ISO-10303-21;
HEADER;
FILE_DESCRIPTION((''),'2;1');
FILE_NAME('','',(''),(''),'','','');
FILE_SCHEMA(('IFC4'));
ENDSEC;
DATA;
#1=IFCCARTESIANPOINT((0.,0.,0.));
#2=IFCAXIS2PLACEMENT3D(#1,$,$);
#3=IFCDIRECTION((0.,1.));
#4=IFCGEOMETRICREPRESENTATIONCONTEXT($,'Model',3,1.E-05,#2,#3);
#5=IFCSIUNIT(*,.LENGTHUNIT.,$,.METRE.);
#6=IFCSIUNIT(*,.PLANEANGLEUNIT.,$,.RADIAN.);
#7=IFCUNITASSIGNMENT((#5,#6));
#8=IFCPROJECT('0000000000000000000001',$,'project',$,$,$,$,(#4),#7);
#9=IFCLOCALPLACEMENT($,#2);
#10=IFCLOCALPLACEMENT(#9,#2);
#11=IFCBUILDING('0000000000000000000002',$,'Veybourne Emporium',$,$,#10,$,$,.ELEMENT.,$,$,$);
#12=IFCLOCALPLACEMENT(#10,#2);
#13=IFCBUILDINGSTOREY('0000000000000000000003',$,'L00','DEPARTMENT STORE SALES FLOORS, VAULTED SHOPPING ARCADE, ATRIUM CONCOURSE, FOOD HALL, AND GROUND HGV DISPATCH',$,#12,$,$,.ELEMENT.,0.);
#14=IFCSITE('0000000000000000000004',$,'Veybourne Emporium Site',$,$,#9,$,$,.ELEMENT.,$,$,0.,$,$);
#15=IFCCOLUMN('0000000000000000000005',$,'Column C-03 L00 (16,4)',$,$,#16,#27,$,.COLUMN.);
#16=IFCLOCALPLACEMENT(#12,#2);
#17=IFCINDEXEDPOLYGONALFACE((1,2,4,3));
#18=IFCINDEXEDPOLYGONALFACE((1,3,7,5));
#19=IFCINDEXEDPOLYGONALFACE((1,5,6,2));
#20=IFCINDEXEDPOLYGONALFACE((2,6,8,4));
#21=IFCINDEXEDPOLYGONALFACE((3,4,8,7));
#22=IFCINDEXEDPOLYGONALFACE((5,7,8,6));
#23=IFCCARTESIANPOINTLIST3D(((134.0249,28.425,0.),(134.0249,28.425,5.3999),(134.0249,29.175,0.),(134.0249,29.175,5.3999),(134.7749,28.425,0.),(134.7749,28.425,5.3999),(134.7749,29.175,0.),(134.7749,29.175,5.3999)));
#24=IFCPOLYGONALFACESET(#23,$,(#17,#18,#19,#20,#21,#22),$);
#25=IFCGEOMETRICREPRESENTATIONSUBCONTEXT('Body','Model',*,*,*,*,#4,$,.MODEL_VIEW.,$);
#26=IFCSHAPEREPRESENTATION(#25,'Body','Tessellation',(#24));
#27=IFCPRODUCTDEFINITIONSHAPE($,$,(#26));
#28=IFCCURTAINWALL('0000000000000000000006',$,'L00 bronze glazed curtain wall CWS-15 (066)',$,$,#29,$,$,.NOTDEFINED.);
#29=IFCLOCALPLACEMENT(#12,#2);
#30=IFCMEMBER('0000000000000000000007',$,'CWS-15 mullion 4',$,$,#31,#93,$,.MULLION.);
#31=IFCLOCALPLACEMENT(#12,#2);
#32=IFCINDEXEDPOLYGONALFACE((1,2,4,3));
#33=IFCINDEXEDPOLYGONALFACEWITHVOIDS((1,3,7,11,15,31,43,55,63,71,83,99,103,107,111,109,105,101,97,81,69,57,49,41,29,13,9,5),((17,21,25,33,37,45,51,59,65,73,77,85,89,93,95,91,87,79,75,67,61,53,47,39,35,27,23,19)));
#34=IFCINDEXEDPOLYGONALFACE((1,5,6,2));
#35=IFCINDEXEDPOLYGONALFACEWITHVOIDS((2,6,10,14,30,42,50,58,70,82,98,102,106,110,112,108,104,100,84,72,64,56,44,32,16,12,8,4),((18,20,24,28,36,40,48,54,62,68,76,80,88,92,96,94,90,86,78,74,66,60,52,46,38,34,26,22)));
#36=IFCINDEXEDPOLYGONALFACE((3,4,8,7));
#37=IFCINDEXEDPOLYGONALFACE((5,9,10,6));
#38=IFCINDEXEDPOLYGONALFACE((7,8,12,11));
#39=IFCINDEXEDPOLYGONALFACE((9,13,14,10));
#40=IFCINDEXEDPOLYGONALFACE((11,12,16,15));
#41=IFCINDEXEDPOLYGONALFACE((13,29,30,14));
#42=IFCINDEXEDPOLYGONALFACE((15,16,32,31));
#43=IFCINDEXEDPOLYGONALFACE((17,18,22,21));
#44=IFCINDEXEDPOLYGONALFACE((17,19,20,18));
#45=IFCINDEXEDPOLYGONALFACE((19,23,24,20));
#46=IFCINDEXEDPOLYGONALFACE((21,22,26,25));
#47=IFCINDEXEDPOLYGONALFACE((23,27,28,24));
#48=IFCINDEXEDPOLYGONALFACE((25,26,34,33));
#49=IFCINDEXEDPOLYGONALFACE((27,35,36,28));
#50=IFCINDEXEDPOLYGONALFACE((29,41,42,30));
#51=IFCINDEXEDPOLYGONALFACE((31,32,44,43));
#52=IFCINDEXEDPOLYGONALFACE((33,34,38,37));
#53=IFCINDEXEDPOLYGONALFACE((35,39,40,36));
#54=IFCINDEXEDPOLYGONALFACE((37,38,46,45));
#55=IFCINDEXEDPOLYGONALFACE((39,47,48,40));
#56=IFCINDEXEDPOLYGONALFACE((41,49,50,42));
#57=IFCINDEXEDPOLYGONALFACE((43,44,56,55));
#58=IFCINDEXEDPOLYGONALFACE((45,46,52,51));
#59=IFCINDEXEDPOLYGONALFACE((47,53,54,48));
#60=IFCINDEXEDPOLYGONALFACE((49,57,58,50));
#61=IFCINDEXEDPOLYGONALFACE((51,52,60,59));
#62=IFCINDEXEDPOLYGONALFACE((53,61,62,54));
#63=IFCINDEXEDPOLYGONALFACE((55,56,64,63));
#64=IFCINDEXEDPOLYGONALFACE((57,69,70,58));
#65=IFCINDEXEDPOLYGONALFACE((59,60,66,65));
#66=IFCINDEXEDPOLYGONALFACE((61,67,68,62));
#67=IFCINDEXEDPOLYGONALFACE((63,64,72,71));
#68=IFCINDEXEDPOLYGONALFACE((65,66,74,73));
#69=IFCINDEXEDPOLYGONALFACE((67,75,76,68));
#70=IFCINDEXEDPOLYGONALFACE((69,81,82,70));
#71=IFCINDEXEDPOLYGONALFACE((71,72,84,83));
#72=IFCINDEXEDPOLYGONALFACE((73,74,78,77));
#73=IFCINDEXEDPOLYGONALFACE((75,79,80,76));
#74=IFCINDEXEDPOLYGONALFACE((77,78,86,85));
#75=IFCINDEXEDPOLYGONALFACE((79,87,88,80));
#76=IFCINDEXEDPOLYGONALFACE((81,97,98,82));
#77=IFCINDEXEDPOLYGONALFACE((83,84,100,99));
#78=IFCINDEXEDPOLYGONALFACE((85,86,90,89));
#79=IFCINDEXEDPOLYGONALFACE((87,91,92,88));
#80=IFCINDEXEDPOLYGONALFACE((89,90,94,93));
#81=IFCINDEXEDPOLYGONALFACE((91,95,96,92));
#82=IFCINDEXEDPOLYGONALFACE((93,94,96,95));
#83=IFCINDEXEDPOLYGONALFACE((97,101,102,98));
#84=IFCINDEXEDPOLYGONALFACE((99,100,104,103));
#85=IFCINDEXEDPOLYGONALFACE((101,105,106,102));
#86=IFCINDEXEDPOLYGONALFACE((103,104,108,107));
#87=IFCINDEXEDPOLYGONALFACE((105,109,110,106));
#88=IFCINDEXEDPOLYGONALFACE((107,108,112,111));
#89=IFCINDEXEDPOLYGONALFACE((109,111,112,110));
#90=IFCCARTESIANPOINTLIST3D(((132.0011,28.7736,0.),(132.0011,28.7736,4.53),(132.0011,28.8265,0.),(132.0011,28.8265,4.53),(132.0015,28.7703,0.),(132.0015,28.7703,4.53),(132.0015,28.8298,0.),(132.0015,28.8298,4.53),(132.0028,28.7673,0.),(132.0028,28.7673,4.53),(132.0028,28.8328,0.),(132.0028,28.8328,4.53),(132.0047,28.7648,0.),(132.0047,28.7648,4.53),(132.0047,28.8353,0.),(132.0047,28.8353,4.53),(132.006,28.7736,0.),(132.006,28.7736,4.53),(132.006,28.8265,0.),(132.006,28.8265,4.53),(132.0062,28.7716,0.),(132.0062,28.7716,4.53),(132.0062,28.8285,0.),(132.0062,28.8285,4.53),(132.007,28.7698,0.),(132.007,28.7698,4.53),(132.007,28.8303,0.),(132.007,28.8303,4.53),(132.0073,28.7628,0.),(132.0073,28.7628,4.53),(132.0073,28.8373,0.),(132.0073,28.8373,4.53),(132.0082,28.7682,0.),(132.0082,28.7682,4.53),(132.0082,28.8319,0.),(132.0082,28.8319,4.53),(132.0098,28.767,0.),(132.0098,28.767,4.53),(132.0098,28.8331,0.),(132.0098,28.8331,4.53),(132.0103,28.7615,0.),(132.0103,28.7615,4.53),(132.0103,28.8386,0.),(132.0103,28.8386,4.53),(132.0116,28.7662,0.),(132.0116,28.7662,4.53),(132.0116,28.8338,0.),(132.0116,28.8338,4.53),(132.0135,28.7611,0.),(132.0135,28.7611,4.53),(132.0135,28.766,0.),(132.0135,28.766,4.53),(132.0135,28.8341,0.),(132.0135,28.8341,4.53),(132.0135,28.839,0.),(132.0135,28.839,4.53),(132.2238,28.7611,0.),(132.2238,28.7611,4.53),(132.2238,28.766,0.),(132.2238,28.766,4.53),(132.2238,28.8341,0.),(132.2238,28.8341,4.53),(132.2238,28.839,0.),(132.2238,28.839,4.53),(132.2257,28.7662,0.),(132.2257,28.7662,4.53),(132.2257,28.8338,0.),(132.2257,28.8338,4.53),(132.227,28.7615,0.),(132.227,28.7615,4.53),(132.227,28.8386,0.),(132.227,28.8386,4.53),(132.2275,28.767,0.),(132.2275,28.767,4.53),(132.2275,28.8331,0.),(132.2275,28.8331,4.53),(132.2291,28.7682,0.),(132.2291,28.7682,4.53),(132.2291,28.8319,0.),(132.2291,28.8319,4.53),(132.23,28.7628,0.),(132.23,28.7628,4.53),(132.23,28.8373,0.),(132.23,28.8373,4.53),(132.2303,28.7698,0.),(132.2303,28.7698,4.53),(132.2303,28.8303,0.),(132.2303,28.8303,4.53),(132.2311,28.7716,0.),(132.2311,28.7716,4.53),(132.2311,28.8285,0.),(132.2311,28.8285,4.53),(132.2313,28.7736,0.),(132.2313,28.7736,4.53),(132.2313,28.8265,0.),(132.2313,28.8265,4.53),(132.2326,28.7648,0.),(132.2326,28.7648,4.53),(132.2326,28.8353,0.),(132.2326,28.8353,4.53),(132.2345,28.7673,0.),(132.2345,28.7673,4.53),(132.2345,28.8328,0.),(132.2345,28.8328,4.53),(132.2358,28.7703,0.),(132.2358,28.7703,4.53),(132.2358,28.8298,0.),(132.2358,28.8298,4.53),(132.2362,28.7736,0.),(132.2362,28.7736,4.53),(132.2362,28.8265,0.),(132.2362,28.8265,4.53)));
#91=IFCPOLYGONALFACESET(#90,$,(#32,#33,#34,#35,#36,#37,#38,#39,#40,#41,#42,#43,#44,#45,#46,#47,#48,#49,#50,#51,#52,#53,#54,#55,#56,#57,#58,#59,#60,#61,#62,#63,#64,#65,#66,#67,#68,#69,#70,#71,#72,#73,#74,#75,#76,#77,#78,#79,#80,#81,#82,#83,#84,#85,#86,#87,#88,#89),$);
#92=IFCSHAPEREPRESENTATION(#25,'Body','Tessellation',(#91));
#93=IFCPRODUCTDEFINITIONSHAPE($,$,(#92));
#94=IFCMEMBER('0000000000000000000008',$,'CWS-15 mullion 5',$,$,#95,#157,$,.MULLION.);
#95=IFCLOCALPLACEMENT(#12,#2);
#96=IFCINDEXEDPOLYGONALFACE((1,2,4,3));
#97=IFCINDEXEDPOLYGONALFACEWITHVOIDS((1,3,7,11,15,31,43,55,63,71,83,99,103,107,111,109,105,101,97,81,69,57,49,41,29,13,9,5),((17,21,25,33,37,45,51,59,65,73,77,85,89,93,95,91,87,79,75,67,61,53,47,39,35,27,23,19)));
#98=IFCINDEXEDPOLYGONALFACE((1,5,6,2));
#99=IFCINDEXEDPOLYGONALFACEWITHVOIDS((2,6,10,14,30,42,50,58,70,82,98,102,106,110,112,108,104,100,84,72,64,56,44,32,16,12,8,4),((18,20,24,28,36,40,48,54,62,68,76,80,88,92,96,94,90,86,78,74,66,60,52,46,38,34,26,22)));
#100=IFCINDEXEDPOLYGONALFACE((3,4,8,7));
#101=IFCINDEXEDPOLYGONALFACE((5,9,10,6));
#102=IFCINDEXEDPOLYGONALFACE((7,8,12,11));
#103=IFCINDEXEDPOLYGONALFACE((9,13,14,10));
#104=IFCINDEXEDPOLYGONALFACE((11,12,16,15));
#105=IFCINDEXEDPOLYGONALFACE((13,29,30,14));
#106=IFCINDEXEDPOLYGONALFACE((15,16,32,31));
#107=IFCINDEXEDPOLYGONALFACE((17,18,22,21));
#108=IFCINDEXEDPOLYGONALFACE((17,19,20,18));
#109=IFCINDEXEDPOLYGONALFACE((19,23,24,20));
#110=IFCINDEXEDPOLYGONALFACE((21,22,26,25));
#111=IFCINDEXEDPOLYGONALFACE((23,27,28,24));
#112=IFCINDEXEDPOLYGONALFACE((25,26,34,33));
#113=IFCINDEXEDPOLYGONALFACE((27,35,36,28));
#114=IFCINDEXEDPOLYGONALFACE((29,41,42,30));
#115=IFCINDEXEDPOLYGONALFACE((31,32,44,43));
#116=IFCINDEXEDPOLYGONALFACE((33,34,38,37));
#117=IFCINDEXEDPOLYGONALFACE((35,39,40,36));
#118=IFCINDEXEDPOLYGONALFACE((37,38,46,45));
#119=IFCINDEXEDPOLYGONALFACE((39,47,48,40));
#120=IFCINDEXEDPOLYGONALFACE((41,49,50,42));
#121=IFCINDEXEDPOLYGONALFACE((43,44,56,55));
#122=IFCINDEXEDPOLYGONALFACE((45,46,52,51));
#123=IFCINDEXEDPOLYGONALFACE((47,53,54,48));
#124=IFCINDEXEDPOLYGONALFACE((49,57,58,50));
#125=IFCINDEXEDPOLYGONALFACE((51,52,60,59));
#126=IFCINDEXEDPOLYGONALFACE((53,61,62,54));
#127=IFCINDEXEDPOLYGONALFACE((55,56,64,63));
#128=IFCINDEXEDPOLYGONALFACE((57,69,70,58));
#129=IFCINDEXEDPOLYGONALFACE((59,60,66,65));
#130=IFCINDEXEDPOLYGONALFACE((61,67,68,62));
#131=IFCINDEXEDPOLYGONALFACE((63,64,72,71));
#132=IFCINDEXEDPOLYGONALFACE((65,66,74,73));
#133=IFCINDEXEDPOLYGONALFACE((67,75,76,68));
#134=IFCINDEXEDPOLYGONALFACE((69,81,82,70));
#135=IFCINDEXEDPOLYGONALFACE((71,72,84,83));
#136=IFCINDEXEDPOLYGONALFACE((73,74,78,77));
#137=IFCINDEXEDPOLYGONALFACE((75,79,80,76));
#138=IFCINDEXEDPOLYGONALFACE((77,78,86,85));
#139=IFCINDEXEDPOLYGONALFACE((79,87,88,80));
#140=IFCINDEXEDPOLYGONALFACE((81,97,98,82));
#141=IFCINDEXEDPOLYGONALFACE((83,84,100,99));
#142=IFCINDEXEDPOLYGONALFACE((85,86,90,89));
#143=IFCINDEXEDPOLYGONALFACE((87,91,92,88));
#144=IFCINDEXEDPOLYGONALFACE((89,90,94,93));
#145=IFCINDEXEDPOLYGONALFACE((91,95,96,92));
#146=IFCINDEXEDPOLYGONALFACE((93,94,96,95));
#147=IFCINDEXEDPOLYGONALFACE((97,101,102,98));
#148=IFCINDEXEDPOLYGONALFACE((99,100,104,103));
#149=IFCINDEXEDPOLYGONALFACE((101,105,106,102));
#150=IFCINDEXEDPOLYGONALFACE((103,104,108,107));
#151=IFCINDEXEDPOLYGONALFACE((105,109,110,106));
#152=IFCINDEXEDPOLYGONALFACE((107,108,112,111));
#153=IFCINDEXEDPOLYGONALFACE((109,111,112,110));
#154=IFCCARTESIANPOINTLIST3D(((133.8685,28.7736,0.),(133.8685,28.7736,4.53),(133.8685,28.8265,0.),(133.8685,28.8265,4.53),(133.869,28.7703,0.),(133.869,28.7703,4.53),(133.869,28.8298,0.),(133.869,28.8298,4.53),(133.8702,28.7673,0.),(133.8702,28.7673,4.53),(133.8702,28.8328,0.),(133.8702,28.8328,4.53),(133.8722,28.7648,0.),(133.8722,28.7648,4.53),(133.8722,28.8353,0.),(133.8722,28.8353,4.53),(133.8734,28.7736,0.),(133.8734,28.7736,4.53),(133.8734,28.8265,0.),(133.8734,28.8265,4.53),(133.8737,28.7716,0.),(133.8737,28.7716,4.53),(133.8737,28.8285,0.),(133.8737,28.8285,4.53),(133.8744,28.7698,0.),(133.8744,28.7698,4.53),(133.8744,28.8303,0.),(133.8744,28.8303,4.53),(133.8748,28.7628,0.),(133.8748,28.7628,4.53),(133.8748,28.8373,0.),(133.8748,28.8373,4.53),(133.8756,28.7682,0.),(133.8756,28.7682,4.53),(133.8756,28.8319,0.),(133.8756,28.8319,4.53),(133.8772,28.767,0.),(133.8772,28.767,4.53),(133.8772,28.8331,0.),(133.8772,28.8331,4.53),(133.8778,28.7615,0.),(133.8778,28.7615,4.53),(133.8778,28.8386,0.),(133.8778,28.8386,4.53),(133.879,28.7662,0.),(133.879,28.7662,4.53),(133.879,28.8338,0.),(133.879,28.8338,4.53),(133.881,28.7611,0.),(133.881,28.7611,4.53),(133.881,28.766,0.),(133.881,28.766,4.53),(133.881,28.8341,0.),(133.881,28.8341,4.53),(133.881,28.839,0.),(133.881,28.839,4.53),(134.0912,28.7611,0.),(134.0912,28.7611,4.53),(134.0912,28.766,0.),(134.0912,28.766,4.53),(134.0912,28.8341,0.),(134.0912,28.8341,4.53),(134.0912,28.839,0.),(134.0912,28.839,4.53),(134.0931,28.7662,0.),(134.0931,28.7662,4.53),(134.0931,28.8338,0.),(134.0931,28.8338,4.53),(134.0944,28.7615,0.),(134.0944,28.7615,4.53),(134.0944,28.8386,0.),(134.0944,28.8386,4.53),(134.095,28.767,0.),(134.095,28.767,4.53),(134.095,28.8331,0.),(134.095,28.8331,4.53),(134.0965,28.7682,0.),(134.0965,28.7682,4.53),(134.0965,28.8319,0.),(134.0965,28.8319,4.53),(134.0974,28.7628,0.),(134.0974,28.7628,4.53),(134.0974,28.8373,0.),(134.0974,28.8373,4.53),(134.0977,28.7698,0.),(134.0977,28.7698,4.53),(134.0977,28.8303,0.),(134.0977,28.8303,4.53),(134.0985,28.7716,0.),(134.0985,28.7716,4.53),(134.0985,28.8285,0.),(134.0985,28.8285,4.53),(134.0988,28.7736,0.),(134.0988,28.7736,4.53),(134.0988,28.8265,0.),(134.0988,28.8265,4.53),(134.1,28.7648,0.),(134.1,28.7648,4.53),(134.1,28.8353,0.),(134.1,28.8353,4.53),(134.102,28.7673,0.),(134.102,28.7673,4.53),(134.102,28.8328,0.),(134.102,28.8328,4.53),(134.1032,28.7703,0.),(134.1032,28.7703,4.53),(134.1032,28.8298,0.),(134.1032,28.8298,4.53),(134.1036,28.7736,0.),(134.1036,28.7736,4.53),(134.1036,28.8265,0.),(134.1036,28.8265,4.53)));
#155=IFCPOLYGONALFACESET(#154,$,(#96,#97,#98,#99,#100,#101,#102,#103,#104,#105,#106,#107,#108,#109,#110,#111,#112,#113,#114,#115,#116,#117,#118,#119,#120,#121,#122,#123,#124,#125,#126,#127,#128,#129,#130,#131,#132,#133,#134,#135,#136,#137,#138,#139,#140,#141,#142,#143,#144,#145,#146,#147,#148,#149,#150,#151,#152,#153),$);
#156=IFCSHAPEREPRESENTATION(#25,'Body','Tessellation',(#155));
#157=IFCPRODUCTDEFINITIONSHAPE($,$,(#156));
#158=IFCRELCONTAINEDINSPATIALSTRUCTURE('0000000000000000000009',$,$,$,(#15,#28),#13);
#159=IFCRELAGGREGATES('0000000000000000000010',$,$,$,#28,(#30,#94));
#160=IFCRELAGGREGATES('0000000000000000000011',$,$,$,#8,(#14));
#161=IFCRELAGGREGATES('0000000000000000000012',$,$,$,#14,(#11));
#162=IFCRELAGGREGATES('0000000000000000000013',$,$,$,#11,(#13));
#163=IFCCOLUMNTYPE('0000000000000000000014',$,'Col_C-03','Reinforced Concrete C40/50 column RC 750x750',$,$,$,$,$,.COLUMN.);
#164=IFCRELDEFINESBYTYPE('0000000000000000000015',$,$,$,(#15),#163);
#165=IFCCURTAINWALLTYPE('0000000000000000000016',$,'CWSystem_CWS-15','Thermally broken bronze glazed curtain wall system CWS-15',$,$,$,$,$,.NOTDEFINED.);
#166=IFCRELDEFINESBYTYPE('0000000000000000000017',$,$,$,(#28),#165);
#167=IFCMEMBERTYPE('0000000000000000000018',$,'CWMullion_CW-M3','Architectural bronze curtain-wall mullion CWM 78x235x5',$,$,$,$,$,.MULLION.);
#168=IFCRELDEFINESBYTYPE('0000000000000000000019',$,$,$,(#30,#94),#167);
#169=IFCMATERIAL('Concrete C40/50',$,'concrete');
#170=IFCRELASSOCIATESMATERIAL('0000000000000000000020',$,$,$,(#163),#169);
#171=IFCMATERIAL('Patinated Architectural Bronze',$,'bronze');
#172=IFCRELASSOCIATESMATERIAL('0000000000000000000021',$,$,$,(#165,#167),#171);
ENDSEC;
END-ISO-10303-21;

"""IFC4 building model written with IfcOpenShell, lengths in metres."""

from ifc_helpers import new_model, si_unit, direction, frame, origin, origin_2d, place, context, subcontext, project, spatial, rectangle, hollow_rectangle, extrude, material, material_profile, profile_set, type_object, element, aggregate, save


model = new_model("IFC4")

# Units and contexts
model_context = context("Model", 3, precision=1e-05, world=origin(), true_north=direction((0.0, 1.0)))
body_context = subcontext(model_context, "Body", "Model", "MODEL_VIEW")
ifc_project = project(units=[si_unit("LENGTHUNIT", "METRE"), si_unit("PLANEANGLEUNIT", "RADIAN")], contexts=[model_context])

# Site, building, storey
site_placement = place(None, origin())
site = spatial("IfcSite", under=ifc_project, at=site_placement, Name="Veybourne Emporium Site", CompositionType="ELEMENT", RefElevation=0.0)
building_placement = place(site_placement, origin())
building = spatial("IfcBuilding", under=site, at=building_placement, Name="Veybourne Emporium", CompositionType="ELEMENT")
storey_placement = place(building_placement, origin())
storey = spatial("IfcBuildingStorey", under=building, at=storey_placement, Name="L00", Description="DEPARTMENT STORE SALES FLOORS, VAULTED SHOPPING ARCADE, ATRIUM CONCOURSE, FOOD HALL, AND GROUND HGV DISPATCH", CompositionType="ELEMENT", Elevation=0.0)

# Column
ifc_material_1 = material(Name="Concrete C40/50", Category="concrete")
ifc_material_profile_1 = material_profile(ifc_material_1, rectangle(XDim=0.75, YDim=0.75, at=origin_2d()), Name="RC 750x750")
ifc_profile_set_1 = profile_set([ifc_material_profile_1], Name="Concrete C40/50")
column_type = type_object("IfcColumnType", Name="Col_C-03", Description="Reinforced Concrete C40/50 column RC 750x750", PredefinedType="COLUMN", material=ifc_profile_set_1)
column_placement = place(storey_placement, frame((134.3999, 28.8, 0.0), z_axis=(0.0, 0.0, 1.0), x_axis=(1.0, 0.0, 0.0)))
element("IfcColumn", 1, at=column_placement, inside=storey, type_object=column_type, Name="Column C-03 L00 (16,4)", PredefinedType="COLUMN", context=body_context, shape_type="SweptSolid", body=[
    extrude(rectangle(XDim=0.75, YDim=0.75, at=origin_2d()), origin(), (0.0, 0.0, 1.0), 5.3999),
])

# Curtain wall, members
ifc_material_2 = material(Name="Patinated Architectural Bronze", Category="bronze")
curtain_wall_type = type_object("IfcCurtainWallType", Name="CWSystem_CWS-15", Description="Thermally broken bronze glazed curtain wall system CWS-15", PredefinedType="NOTDEFINED", material=ifc_material_2)
curtain_wall_placement = place(storey_placement, origin())
curtain_wall = element("IfcCurtainWall", 2, at=curtain_wall_placement, inside=storey, type_object=curtain_wall_type, Name="L00 bronze glazed curtain wall CWS-15 (066)", PredefinedType="NOTDEFINED")
ifc_material_profile_2 = material_profile(ifc_material_2, hollow_rectangle(XDim=0.0779, YDim=0.2351, WallThickness=0.0049, InnerFilletRadius=0.0076, OuterFilletRadius=0.0125, at=origin_2d()), Name="CWM 78x235x5")
ifc_profile_set_2 = profile_set([ifc_material_profile_2], Name="Patinated Architectural Bronze")
member_type_1 = type_object("IfcMemberType", Name="CWMullion_CW-M3", Description="Architectural bronze curtain-wall mullion CWM 78x235x5", PredefinedType="MULLION", material=ifc_profile_set_2)
member_1_placement = place(storey_placement, frame((132.1187, 28.8, 0.0), z_axis=(0.0, 0.0, 1.0), x_axis=(0.0, 1.0, 0.0)))
member_1 = element("IfcMember", 3, at=member_1_placement, type_object=member_type_1, Name="CWS-15 mullion 4", PredefinedType="MULLION", context=body_context, shape_type="SweptSolid", body=[
    extrude(hollow_rectangle(XDim=0.0779, YDim=0.2351, WallThickness=0.0049, InnerFilletRadius=0.0076, OuterFilletRadius=0.0125, at=origin_2d()), origin(), (0.0, 0.0, 1.0), 4.53),
])
member_2_placement = place(storey_placement, frame((133.9861, 28.8, 0.0), z_axis=(0.0, 0.0, 1.0), x_axis=(0.0, 1.0, 0.0)))
member_2 = element("IfcMember", 4, at=member_2_placement, type_object=member_type_1, Name="CWS-15 mullion 5", PredefinedType="MULLION", context=body_context, shape_type="SweptSolid", body=[
    extrude(hollow_rectangle(XDim=0.0779, YDim=0.2351, WallThickness=0.0049, InnerFilletRadius=0.0076, OuterFilletRadius=0.0125, at=origin_2d()), origin(), (0.0, 0.0, 1.0), 4.53),
])

aggregate(curtain_wall, [member_1, member_2])

save(model, "model.ifc")
